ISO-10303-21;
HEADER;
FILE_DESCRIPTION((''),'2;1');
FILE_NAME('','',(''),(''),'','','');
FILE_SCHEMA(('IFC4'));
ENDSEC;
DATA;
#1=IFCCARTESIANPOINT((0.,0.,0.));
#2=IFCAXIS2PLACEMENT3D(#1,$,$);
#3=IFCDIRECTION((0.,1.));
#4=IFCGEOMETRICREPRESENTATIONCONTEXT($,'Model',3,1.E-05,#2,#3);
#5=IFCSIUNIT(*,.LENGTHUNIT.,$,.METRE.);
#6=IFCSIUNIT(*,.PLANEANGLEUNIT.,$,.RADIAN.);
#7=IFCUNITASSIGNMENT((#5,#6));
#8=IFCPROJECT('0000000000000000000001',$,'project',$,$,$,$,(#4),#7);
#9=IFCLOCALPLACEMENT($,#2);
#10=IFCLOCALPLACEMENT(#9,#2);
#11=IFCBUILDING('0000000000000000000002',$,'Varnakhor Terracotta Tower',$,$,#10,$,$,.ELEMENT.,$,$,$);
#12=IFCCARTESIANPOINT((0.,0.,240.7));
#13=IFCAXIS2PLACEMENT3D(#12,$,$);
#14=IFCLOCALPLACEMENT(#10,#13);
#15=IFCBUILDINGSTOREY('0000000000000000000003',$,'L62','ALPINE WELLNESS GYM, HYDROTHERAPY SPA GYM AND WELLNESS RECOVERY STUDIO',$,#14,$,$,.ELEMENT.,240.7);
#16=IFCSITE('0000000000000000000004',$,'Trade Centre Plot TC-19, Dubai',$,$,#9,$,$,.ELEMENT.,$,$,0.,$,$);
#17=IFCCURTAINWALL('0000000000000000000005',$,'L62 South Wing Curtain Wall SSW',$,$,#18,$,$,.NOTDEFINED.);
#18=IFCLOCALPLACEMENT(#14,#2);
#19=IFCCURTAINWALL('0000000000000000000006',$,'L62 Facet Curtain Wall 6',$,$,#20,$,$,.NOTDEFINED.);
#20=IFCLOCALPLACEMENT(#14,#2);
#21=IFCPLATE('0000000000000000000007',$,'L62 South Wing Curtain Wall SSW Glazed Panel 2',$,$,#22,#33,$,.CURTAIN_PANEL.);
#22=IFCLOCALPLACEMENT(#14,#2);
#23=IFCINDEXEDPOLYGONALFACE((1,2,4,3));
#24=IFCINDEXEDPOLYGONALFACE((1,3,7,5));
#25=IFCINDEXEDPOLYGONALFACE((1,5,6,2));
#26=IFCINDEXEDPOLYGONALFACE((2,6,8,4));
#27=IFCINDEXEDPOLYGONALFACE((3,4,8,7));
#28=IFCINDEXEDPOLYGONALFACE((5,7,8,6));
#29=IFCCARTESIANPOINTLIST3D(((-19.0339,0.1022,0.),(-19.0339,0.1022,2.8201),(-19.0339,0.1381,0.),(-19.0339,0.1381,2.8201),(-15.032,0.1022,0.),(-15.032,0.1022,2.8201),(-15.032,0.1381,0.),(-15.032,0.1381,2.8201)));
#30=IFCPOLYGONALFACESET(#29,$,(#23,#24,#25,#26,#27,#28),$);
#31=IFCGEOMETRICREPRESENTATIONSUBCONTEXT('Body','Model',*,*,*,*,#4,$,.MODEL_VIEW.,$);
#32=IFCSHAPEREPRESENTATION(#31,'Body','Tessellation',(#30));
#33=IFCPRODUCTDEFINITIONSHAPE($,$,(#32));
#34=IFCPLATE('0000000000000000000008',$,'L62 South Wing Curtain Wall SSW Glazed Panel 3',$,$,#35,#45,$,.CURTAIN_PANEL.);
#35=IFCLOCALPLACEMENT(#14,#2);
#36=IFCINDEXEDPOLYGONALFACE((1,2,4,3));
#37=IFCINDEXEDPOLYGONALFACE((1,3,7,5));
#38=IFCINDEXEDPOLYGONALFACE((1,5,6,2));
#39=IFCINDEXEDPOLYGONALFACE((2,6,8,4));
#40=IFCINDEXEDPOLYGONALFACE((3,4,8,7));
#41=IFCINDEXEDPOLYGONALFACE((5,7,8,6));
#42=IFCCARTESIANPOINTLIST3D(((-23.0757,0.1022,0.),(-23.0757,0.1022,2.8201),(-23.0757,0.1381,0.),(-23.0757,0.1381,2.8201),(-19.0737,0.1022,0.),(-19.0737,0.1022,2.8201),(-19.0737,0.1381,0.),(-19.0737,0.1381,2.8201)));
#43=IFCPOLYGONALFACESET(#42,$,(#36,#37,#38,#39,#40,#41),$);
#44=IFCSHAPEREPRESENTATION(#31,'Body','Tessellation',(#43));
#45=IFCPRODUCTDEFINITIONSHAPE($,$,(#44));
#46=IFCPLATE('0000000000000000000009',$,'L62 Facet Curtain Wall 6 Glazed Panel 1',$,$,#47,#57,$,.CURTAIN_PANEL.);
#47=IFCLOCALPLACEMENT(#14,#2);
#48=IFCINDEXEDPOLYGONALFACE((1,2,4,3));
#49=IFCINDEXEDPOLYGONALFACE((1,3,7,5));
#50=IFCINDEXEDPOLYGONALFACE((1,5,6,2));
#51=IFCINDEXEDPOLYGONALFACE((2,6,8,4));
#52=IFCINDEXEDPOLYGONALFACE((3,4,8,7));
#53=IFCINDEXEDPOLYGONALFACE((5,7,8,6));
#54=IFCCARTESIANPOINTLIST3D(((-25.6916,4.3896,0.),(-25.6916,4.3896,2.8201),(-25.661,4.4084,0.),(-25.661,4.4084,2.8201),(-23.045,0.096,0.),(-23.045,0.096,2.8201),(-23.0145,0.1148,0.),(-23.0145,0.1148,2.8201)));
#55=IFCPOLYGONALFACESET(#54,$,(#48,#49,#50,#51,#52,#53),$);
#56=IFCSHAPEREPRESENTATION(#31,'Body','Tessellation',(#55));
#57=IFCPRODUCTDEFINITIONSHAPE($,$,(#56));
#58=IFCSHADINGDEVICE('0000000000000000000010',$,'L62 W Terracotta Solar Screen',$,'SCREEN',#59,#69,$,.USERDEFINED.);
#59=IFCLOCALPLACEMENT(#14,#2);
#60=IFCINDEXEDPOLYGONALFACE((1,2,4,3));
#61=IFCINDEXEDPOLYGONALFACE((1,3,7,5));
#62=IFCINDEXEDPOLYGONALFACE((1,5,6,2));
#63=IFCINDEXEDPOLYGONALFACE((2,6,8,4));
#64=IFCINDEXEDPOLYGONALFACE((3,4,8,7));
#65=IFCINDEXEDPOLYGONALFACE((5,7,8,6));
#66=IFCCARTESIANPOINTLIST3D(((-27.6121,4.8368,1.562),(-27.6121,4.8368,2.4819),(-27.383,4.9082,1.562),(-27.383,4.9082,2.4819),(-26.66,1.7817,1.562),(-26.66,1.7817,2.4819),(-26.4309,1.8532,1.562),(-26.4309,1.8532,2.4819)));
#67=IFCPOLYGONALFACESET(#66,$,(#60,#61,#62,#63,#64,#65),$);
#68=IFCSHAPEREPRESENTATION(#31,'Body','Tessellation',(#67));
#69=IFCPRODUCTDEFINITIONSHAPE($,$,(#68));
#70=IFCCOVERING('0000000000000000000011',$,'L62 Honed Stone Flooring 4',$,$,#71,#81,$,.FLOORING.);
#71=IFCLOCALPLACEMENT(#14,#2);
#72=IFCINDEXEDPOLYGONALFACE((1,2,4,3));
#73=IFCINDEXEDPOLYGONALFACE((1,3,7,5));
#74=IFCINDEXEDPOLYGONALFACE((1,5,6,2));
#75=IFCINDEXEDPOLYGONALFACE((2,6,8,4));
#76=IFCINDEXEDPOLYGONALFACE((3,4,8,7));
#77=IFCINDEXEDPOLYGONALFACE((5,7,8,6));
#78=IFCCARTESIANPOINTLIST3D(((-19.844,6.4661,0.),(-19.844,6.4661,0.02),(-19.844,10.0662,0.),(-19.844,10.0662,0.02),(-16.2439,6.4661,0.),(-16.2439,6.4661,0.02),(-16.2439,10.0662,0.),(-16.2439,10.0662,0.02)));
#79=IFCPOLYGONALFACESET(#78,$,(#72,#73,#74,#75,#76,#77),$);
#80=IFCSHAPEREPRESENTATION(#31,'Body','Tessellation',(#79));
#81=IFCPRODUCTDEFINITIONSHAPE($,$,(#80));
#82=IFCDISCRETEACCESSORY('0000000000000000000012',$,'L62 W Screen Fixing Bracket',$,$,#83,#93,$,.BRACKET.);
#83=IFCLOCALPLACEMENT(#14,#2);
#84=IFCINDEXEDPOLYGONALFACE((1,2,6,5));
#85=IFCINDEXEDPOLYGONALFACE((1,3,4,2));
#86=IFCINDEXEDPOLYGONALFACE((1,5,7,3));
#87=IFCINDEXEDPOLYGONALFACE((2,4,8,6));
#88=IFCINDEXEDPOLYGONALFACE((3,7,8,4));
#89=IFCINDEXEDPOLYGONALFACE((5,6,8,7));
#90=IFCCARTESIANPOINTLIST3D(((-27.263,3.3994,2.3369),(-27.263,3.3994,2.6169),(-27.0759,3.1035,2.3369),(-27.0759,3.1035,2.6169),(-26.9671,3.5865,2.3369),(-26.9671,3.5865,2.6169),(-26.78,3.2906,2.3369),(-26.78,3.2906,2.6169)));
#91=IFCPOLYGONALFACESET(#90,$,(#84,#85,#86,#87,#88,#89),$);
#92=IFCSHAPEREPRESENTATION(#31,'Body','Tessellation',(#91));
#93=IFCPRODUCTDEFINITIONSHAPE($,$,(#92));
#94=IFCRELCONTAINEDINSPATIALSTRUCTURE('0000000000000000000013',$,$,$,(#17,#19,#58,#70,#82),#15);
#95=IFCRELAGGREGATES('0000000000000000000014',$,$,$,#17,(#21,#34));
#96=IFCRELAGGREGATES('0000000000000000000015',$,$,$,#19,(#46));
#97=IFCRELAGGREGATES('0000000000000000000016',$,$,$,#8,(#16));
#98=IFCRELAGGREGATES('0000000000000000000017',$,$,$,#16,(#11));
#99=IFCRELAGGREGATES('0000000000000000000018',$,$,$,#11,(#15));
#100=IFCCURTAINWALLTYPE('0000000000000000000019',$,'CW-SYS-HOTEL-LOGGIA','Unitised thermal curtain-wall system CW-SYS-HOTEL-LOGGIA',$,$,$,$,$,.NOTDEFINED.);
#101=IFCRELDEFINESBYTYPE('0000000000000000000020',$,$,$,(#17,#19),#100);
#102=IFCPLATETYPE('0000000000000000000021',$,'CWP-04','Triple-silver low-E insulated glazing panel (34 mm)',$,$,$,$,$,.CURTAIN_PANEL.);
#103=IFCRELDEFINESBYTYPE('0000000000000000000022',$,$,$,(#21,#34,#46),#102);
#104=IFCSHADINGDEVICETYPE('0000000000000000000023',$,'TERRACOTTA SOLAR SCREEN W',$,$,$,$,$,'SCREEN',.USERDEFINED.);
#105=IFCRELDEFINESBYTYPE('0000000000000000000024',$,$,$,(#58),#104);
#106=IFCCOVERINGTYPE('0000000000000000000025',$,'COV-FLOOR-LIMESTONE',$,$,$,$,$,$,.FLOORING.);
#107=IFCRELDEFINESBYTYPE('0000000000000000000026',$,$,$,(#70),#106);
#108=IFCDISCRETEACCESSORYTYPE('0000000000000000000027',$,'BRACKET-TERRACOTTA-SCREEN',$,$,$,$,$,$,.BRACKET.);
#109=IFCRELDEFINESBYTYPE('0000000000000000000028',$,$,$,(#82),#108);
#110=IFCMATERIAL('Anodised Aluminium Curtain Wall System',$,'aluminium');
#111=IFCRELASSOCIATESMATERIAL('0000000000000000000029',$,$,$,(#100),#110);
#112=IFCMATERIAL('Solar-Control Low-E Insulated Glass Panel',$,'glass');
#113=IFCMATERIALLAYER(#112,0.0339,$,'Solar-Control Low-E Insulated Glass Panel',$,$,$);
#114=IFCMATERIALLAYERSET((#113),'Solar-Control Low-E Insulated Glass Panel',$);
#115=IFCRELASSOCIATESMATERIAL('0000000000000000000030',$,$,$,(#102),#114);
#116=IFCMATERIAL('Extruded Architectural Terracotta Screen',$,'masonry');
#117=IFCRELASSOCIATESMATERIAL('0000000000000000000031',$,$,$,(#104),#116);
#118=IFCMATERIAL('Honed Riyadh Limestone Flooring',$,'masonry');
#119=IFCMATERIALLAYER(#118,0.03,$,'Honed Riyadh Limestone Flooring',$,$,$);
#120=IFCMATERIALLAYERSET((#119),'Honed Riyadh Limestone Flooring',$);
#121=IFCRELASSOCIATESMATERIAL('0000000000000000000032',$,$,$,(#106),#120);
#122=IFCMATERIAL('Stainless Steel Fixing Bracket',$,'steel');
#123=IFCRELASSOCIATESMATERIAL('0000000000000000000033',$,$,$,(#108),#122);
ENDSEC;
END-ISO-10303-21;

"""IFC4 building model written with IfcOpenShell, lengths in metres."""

from ifc_helpers import new_model, si_unit, direction, frame, origin, origin_2d, place, context, subcontext, project, spatial, rectangle, extrude, source, transform, mapped, material, layer, layer_set, type_object, type_shapes, element, aggregate, save


model = new_model("IFC4")

# Units and contexts
model_context = context("Model", 3, precision=1e-05, world=origin(), true_north=direction((0.0, 1.0)))
body_context = subcontext(model_context, "Body", "Model", "MODEL_VIEW")
ifc_project = project(units=[si_unit("LENGTHUNIT", "METRE"), si_unit("PLANEANGLEUNIT", "RADIAN")], contexts=[model_context])

# Site, building, storey
site_placement = place(None, origin())
site = spatial("IfcSite", under=ifc_project, at=site_placement, Name="Trade Centre Plot TC-19, Dubai", CompositionType="ELEMENT", RefElevation=0.0)
building_placement = place(site_placement, origin())
building = spatial("IfcBuilding", under=site, at=building_placement, Name="Varnakhor Terracotta Tower", CompositionType="ELEMENT")
storey_placement = place(building_placement, frame((0.0, 0.0, 240.7)))
storey = spatial("IfcBuildingStorey", under=building, at=storey_placement, Name="L62", Description="ALPINE WELLNESS GYM, HYDROTHERAPY SPA GYM AND WELLNESS RECOVERY STUDIO", CompositionType="ELEMENT", Elevation=240.7)

# Curtain wall
ifc_material_1 = material(Name="Anodised Aluminium Curtain Wall System", Category="aluminium")
curtain_wall_type = type_object("IfcCurtainWallType", Name="CW-SYS-HOTEL-LOGGIA", Description="Unitised thermal curtain-wall system CW-SYS-HOTEL-LOGGIA", PredefinedType="NOTDEFINED", material=ifc_material_1)
curtain_wall_1_placement = place(storey_placement, origin())
curtain_wall_1 = element("IfcCurtainWall", 1, at=curtain_wall_1_placement, inside=storey, type_object=curtain_wall_type, Name="L62 South Wing Curtain Wall SSW", PredefinedType="NOTDEFINED")

# Curtain wall
curtain_wall_2_placement = place(storey_placement, origin())
curtain_wall_2 = element("IfcCurtainWall", 2, at=curtain_wall_2_placement, inside=storey, type_object=curtain_wall_type, Name="L62 Facet Curtain Wall 6", PredefinedType="NOTDEFINED")

# Plates
ifc_material_2 = material(Name="Solar-Control Low-E Insulated Glass Panel", Category="glass")
ifc_layer_1 = layer(ifc_material_2, 0.0339, Name="Solar-Control Low-E Insulated Glass Panel")
ifc_layer_set_1 = layer_set([ifc_layer_1], Name="Solar-Control Low-E Insulated Glass Panel")
plate_type = type_object("IfcPlateType", Name="CWP-04", Description="Triple-silver low-E insulated glazing panel (34 mm)", PredefinedType="CURTAIN_PANEL", material=ifc_layer_set_1)
shared_shape_1 = source(origin(), body_context, "Body", "SweptSolid", [
    extrude(rectangle(XDim=4.002, YDim=0.0359, at=origin_2d()), origin(), (0.0, 0.0, 1.0), 2.8201),
])
plate_1_placement = place(storey_placement, frame((-17.033, 0.1201, 0.0), z_axis=(0.0, 0.0, 1.0), x_axis=(-1.0, 0.0, 0.0)))
plate_1 = element("IfcPlate", 3, at=plate_1_placement, type_object=plate_type, Name="L62 South Wing Curtain Wall SSW Glazed Panel 2", PredefinedType="CURTAIN_PANEL", context=body_context, shape_type="MappedRepresentation", body=[
    mapped(shared_shape_1, transform((0.0, 0.0, 0.0), scale=1.0)),
])
plate_2_placement = place(storey_placement, frame((-21.0747, 0.1201, 0.0), z_axis=(0.0, 0.0, 1.0), x_axis=(-1.0, 0.0, 0.0)))
plate_2 = element("IfcPlate", 4, at=plate_2_placement, type_object=plate_type, Name="L62 South Wing Curtain Wall SSW Glazed Panel 3", PredefinedType="CURTAIN_PANEL", context=body_context, shape_type="MappedRepresentation", body=[
    mapped(shared_shape_1, transform((0.0, 0.0, 0.0), scale=1.0)),
])
aggregate(curtain_wall_1, [plate_1, plate_2])
shared_shape_2 = source(origin(), body_context, "Body", "SweptSolid", [
    extrude(rectangle(XDim=5.0437, YDim=0.0359, at=origin_2d()), origin(), (0.0, 0.0, 1.0), 2.8201),
])
plate_3_placement = place(storey_placement, frame((-24.353, 2.2522, 0.0), z_axis=(0.0, 0.0, 1.0), x_axis=(-0.524729, 0.851269, 0.0)))
plate_3 = element("IfcPlate", 5, at=plate_3_placement, type_object=plate_type, Name="L62 Facet Curtain Wall 6 Glazed Panel 1", PredefinedType="CURTAIN_PANEL", context=body_context, shape_type="MappedRepresentation", body=[
    mapped(shared_shape_2, transform((0.0, 0.0, 0.0), scale=1.0)),
])
aggregate(curtain_wall_2, [plate_3])

# Shading device
ifc_material_3 = material(Name="Extruded Architectural Terracotta Screen", Category="masonry")
shading_device_type = type_object("IfcShadingDeviceType", Name="TERRACOTTA SOLAR SCREEN W", ElementType="SCREEN", PredefinedType="USERDEFINED", material=ifc_material_3)
shared_shape_3 = source(origin(), body_context, "Body", "SweptSolid", [
    extrude(rectangle(XDim=3.2, YDim=0.24, at=origin_2d()), origin(), (0.0, 0.0, 1.0), 0.9199),
])
type_shapes(shading_device_type, [shared_shape_3])
shading_device_placement = place(storey_placement, frame((-27.0215, 3.345, 1.562), z_axis=(0.0, 0.0, 1.0), x_axis=(0.297525, -0.954714, 0.0)))
element("IfcShadingDevice", 6, at=shading_device_placement, inside=storey, type_object=shading_device_type, Name="L62 W Terracotta Solar Screen", ObjectType="SCREEN", PredefinedType="USERDEFINED", context=body_context, shape_type="MappedRepresentation", body=[
    mapped(shared_shape_3, transform((0.0, 0.0, 0.0), scale=1.0)),
])

# Covering
ifc_material_4 = material(Name="Honed Riyadh Limestone Flooring", Category="masonry")
ifc_layer_2 = layer(ifc_material_4, 0.03, Name="Honed Riyadh Limestone Flooring")
ifc_layer_set_2 = layer_set([ifc_layer_2], Name="Honed Riyadh Limestone Flooring")
covering_type = type_object("IfcCoveringType", Name="COV-FLOOR-LIMESTONE", PredefinedType="FLOORING", material=ifc_layer_set_2)
shared_shape_4 = source(origin(), body_context, "Body", "SweptSolid", [
    extrude(rectangle(XDim=3.6001, YDim=3.6001, at=origin_2d()), origin(), (0.0, 0.0, 1.0), 0.02),
])
covering_placement = place(storey_placement, frame((-18.0439, 8.2661, 0.0), z_axis=(0.0, 0.0, 1.0), x_axis=(1.0, 0.0, 0.0)))
element("IfcCovering", 7, at=covering_placement, inside=storey, type_object=covering_type, Name="L62 Honed Stone Flooring 4", PredefinedType="FLOORING", context=body_context, shape_type="MappedRepresentation", body=[
    mapped(shared_shape_4, transform((0.0, 0.0, 0.0), scale=1.0)),
])

# Discrete accessory
ifc_material_5 = material(Name="Stainless Steel Fixing Bracket", Category="steel")
discrete_accessory_type = type_object("IfcDiscreteAccessoryType", Name="BRACKET-TERRACOTTA-SCREEN", PredefinedType="BRACKET", material=ifc_material_5)
shared_shape_5 = source(origin(), body_context, "Body", "SweptSolid", [
    extrude(rectangle(XDim=0.3501, YDim=0.3501, at=origin_2d()), origin(), (0.0, 0.0, 1.0), 0.28),
])
type_shapes(discrete_accessory_type, [shared_shape_5])
discrete_accessory_placement = place(storey_placement, frame((-27.0215, 3.345, 2.3369), z_axis=(0.0, 0.0, 1.0), x_axis=(0.534485, -0.845178, 0.0)))
element("IfcDiscreteAccessory", 8, at=discrete_accessory_placement, inside=storey, type_object=discrete_accessory_type, Name="L62 W Screen Fixing Bracket", PredefinedType="BRACKET", context=body_context, shape_type="MappedRepresentation", body=[
    mapped(shared_shape_5, transform((0.0, 0.0, 0.0), scale=1.0)),
])

save(model, "model.ifc")
